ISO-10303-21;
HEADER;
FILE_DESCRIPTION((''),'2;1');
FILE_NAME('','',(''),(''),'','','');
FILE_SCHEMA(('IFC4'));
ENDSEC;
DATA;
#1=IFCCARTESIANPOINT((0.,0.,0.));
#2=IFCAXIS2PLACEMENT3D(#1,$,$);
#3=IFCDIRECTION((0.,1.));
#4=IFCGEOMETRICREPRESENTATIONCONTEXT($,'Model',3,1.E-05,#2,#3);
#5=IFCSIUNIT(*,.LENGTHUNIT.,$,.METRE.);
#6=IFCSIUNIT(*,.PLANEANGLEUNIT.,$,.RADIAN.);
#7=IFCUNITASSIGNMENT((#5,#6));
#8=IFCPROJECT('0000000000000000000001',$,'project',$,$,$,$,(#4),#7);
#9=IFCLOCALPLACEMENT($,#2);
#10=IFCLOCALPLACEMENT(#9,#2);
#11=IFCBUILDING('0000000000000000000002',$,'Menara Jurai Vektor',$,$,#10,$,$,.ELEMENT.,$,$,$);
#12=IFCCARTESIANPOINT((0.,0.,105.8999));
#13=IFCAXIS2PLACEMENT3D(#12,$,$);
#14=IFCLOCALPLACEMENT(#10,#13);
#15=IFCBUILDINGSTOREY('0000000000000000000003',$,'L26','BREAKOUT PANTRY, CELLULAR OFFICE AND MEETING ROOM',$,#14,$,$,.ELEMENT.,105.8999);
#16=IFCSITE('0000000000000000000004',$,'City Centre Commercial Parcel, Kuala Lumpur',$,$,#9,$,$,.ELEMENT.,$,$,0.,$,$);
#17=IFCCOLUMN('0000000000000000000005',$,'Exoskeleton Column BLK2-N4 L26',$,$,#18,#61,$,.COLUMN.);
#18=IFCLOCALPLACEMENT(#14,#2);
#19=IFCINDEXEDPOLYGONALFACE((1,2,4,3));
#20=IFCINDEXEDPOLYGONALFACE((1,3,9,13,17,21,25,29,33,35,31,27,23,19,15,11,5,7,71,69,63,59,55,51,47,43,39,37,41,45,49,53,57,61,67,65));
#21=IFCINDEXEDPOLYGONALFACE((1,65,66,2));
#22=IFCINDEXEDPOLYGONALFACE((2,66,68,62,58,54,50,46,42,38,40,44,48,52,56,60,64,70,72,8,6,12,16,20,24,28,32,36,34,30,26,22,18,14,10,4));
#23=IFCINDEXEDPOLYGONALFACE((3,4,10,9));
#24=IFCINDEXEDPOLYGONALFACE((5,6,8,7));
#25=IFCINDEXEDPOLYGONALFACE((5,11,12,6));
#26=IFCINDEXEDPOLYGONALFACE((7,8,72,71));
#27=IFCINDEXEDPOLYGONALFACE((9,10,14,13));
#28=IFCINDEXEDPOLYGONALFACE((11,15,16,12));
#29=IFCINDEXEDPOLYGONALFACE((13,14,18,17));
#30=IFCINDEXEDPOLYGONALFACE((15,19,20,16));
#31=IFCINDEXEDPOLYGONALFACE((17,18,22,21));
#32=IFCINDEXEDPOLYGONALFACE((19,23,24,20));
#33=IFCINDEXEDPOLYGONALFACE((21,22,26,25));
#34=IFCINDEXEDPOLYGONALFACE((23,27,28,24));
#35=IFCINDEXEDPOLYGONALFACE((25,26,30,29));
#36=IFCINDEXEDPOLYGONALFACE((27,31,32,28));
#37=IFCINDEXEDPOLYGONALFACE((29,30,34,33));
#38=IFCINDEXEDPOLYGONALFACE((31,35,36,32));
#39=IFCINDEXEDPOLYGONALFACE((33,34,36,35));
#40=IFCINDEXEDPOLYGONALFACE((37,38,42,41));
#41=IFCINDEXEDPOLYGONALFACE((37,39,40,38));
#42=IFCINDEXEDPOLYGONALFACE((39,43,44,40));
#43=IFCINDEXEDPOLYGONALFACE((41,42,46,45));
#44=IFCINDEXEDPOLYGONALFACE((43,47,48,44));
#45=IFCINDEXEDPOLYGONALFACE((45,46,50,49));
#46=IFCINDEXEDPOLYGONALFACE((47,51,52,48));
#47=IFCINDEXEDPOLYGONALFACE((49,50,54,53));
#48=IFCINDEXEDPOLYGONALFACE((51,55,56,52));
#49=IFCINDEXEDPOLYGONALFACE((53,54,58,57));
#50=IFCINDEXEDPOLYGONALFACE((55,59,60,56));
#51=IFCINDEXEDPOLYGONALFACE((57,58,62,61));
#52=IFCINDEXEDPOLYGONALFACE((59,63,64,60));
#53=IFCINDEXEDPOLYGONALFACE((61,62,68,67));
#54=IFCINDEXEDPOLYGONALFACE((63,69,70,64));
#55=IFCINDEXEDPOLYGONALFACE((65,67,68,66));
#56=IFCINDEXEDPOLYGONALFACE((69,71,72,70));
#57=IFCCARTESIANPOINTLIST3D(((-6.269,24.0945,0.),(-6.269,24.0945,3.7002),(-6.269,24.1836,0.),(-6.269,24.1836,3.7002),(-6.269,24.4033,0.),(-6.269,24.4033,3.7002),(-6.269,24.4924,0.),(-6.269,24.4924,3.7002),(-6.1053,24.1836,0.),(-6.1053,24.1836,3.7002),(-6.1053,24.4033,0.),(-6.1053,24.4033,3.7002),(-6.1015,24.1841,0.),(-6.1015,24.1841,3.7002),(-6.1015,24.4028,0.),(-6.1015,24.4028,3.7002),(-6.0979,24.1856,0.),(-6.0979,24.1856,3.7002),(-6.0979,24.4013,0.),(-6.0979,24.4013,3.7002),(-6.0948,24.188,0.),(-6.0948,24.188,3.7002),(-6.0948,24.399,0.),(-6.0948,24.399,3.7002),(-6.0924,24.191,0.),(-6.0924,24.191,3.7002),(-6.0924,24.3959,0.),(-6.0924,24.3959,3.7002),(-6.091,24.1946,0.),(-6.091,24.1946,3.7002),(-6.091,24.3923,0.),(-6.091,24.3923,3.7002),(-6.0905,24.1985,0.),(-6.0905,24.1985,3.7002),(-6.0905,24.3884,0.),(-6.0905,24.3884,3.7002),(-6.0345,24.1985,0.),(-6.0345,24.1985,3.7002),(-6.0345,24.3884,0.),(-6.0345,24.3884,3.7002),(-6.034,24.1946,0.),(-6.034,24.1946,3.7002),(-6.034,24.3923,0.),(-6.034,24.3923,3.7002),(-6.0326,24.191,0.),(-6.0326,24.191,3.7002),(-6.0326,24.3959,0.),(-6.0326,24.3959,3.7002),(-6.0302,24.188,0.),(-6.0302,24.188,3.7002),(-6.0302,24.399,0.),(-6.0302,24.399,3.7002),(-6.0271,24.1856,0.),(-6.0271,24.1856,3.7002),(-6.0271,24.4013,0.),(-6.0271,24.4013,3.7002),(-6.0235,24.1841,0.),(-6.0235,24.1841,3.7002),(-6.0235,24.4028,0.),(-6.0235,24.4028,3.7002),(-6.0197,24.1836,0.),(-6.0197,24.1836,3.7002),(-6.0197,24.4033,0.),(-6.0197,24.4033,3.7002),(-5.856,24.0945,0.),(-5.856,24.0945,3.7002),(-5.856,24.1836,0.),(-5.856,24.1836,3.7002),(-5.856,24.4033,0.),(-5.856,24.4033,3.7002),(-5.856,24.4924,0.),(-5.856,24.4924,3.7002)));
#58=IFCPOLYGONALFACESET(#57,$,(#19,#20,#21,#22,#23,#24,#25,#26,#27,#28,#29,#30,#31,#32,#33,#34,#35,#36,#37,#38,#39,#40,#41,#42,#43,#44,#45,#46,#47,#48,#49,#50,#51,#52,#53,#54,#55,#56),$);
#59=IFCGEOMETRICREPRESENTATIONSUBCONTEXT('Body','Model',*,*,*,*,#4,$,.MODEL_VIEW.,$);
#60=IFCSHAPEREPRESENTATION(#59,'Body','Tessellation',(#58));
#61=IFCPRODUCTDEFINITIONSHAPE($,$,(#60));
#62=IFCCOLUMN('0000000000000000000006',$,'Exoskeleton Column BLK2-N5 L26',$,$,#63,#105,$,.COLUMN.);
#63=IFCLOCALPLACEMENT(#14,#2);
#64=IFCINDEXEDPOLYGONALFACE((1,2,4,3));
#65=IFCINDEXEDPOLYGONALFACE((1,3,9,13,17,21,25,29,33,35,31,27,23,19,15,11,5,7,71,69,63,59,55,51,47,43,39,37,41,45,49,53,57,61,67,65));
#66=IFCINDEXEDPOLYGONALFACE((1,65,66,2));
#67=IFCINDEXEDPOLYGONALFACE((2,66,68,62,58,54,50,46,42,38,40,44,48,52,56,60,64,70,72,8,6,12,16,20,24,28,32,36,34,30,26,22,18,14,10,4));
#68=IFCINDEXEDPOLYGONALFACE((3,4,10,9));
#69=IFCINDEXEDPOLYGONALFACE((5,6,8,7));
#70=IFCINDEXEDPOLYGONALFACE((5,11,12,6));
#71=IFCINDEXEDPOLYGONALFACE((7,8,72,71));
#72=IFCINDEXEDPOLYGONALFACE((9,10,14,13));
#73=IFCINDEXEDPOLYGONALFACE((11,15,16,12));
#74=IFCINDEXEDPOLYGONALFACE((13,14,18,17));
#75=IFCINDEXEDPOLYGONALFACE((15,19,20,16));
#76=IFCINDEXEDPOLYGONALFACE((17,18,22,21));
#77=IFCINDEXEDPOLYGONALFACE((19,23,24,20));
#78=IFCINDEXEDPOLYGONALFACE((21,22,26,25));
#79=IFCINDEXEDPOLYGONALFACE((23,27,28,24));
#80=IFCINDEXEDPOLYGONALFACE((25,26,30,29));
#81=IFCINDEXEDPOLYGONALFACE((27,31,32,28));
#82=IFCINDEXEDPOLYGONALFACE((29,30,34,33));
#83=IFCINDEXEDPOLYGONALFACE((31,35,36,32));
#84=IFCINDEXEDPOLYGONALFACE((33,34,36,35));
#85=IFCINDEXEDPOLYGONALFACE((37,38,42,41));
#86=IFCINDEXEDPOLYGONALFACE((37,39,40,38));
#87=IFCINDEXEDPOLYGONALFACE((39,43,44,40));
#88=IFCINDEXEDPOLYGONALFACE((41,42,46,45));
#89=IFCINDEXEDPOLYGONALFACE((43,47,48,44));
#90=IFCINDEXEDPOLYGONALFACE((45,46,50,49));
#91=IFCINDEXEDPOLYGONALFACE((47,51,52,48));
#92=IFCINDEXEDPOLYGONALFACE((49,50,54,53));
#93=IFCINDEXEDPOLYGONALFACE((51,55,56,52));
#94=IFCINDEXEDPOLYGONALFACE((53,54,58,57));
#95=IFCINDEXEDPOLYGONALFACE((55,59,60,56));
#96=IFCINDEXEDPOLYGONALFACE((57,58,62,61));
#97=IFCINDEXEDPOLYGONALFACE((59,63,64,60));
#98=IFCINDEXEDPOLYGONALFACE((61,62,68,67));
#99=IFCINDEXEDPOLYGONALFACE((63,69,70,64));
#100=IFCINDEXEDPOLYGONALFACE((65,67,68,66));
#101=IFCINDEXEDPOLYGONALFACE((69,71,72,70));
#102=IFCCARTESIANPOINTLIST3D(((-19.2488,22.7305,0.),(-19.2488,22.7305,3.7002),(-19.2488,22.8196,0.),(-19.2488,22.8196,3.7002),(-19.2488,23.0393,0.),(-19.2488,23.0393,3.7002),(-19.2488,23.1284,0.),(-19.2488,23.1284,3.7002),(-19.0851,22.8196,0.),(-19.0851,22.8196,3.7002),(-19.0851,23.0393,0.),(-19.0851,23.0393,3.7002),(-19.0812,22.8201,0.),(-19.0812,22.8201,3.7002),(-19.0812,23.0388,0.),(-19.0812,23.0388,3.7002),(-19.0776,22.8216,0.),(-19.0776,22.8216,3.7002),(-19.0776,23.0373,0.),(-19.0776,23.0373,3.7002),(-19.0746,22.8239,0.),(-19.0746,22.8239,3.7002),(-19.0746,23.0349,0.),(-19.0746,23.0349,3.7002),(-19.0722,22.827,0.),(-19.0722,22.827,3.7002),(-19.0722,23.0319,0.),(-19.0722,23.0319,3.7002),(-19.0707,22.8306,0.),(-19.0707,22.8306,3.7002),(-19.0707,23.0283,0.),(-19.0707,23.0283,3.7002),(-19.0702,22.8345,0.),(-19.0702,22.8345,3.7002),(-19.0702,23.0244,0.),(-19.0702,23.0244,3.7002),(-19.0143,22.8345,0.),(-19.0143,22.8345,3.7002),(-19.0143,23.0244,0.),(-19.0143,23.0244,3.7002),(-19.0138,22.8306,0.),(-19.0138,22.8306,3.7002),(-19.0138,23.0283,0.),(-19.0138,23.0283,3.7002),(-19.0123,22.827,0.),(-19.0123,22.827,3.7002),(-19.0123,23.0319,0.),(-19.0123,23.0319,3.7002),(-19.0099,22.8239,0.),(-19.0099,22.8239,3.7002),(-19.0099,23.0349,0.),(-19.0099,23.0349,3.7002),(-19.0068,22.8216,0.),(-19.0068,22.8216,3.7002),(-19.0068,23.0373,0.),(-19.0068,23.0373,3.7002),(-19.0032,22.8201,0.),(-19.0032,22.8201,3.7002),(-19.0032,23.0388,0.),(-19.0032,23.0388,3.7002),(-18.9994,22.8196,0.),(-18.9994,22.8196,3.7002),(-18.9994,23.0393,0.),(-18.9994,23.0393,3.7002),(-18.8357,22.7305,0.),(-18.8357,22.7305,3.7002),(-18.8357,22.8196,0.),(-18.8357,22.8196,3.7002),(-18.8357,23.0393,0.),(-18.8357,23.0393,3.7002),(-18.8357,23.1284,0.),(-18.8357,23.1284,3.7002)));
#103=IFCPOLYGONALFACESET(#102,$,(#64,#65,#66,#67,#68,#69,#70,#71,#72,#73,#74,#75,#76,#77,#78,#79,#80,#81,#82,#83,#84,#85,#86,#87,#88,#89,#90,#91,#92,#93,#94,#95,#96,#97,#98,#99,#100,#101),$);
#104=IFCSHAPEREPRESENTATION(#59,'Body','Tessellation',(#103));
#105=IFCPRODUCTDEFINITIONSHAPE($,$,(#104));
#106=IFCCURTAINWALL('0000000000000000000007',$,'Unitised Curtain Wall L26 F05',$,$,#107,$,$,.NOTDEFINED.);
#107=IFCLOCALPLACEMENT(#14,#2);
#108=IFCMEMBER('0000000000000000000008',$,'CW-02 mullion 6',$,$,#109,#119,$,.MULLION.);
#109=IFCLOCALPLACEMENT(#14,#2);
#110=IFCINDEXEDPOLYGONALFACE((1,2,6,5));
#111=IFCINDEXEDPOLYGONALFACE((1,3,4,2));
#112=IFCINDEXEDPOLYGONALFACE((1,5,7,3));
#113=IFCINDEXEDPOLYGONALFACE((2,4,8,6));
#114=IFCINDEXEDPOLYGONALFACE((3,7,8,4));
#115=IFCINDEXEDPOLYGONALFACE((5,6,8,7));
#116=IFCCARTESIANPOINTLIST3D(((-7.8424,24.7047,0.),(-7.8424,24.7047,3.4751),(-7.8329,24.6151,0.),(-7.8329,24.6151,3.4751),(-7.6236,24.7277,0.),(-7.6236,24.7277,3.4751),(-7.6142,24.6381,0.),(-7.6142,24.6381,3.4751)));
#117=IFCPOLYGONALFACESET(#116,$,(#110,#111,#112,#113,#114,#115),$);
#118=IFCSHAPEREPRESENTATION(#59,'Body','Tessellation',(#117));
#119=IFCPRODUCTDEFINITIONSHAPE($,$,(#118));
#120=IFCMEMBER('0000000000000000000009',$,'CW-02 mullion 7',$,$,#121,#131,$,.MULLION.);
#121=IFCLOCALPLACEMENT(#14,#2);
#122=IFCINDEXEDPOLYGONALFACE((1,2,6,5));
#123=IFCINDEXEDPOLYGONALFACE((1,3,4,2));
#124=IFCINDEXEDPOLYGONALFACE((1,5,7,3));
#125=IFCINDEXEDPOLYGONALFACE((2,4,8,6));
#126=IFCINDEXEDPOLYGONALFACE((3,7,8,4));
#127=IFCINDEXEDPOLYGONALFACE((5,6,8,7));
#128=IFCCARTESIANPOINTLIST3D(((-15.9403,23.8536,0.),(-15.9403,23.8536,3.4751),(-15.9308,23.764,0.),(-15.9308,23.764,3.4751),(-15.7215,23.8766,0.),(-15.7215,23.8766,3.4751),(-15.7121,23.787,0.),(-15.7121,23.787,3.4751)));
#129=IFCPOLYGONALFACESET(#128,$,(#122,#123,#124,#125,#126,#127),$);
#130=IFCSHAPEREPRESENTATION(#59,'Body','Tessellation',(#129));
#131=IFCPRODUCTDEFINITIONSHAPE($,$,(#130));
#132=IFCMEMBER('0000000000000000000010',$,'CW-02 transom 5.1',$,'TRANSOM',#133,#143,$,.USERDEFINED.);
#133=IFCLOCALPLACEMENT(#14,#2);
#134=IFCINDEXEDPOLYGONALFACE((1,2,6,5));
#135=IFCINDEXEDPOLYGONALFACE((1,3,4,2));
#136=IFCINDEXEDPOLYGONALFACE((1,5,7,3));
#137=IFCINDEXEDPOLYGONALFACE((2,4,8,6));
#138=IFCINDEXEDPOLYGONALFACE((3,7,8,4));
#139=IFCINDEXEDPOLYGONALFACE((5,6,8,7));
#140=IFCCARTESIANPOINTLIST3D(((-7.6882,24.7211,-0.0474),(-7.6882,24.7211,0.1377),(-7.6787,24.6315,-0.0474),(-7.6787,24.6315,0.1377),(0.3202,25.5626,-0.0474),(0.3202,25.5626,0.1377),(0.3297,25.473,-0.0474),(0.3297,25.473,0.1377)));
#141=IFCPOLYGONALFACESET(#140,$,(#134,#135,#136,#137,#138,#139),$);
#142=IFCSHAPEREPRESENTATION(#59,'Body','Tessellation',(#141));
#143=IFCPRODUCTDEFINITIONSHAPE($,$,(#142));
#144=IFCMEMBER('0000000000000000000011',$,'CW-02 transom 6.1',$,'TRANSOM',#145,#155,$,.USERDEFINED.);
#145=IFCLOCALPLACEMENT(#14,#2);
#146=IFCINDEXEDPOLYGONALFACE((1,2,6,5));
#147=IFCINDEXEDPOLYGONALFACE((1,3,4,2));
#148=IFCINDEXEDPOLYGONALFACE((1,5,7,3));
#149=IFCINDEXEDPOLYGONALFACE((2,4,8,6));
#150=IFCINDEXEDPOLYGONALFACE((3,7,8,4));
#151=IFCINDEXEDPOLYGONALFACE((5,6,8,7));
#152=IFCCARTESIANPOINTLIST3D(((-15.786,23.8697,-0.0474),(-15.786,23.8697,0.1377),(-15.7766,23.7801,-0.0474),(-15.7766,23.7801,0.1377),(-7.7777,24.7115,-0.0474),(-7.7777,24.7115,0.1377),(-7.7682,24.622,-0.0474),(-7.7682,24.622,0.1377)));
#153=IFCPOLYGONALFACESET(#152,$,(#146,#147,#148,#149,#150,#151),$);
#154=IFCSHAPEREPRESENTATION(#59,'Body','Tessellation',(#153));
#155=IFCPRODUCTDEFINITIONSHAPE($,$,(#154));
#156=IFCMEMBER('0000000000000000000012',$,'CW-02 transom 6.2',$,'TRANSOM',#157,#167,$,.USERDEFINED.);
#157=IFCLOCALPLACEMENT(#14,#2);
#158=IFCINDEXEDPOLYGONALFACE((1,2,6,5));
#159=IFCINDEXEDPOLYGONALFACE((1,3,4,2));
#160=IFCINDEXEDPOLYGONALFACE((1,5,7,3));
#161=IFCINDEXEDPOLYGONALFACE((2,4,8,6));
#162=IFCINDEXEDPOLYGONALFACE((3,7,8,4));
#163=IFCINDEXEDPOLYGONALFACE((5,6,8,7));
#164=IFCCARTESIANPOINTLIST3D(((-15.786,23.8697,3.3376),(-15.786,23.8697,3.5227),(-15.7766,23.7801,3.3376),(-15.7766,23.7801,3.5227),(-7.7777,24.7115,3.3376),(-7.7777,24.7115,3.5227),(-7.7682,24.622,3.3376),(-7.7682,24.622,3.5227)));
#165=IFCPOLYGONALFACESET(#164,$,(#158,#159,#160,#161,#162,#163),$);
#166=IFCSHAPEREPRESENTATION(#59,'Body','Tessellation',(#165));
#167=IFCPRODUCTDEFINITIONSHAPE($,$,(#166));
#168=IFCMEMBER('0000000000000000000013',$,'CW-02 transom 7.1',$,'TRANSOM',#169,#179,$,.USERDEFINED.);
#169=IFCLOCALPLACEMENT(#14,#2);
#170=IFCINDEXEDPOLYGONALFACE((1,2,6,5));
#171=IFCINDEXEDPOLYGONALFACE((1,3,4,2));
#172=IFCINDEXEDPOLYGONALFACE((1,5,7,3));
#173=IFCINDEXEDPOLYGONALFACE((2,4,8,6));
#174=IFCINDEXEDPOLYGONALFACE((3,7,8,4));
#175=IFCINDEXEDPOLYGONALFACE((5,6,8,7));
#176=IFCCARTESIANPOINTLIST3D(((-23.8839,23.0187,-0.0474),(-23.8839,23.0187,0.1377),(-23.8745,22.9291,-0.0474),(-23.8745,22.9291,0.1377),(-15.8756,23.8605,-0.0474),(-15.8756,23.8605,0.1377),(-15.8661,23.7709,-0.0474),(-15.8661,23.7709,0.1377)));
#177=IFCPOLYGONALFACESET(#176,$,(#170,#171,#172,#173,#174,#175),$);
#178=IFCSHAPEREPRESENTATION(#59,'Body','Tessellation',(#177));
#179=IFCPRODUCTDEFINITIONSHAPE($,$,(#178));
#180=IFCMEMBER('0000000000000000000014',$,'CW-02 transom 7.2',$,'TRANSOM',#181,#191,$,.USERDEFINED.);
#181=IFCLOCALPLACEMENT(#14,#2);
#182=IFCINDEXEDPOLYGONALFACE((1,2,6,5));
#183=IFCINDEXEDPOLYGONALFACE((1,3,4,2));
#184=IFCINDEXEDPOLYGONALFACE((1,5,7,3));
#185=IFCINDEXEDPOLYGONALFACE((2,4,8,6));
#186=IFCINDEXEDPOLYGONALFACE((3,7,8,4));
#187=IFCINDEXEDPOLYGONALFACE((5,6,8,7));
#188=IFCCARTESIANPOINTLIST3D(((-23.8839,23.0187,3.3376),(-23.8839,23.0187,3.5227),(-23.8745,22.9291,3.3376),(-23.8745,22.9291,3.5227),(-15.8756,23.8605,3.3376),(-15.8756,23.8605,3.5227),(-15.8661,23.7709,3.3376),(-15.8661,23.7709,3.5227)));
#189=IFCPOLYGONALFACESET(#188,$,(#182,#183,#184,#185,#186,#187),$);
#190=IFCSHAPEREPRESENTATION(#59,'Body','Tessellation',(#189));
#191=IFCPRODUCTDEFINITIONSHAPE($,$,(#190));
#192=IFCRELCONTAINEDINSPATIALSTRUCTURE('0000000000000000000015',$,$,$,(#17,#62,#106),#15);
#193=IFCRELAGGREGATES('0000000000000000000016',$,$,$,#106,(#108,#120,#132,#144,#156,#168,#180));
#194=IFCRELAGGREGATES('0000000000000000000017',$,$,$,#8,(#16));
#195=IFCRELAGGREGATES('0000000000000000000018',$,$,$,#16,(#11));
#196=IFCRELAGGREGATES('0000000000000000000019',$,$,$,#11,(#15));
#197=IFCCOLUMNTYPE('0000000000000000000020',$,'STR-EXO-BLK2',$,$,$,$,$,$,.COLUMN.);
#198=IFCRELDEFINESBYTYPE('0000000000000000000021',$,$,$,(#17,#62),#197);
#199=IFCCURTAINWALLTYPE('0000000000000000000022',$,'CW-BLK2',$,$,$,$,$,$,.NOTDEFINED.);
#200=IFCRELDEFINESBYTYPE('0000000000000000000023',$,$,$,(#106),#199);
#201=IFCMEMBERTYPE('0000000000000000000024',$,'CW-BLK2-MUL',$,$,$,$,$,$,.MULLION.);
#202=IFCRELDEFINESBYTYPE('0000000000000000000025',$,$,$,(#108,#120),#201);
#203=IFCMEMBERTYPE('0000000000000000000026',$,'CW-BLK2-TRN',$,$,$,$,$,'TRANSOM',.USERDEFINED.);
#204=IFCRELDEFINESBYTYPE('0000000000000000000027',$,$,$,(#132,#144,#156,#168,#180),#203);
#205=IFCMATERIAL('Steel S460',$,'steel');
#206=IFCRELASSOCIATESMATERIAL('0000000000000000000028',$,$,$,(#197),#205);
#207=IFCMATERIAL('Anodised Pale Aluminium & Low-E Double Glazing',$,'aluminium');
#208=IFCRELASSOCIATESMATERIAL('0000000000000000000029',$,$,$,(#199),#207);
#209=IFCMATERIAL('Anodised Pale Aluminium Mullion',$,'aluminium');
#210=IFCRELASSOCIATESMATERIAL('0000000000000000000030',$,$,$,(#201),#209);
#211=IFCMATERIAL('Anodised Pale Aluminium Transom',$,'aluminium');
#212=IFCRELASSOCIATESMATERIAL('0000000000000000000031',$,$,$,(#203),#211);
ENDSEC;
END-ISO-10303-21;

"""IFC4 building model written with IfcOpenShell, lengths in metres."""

from ifc_helpers import new_model, si_unit, direction, frame, origin, origin_2d, place, context, subcontext, project, spatial, rectangle, i_section, extrude, material, material_profile, profile_set, type_object, element, aggregate, save


model = new_model("IFC4")

# Units and contexts
model_context = context("Model", 3, precision=1e-05, world=origin(), true_north=direction((0.0, 1.0)))
body_context = subcontext(model_context, "Body", "Model", "MODEL_VIEW")
ifc_project = project(units=[si_unit("LENGTHUNIT", "METRE"), si_unit("PLANEANGLEUNIT", "RADIAN")], contexts=[model_context])

# Site, building, storey
site_placement = place(None, origin())
site = spatial("IfcSite", under=ifc_project, at=site_placement, Name="City Centre Commercial Parcel, Kuala Lumpur", CompositionType="ELEMENT", RefElevation=0.0)
building_placement = place(site_placement, origin())
building = spatial("IfcBuilding", under=site, at=building_placement, Name="Menara Jurai Vektor", CompositionType="ELEMENT")
storey_placement = place(building_placement, frame((0.0, 0.0, 105.8999)))
storey = spatial("IfcBuildingStorey", under=building, at=storey_placement, Name="L26", Description="BREAKOUT PANTRY, CELLULAR OFFICE AND MEETING ROOM", CompositionType="ELEMENT", Elevation=105.8999)

# Columns
ifc_material_1 = material(Name="Steel S460", Category="steel")
ifc_material_profile_1 = material_profile(ifc_material_1, i_section(OverallWidth=0.4131, OverallDepth=0.3979, WebThickness=0.0559, FlangeThickness=0.0891, FilletRadius=0.0149, at=origin_2d()), Name="HD 400x744")
ifc_profile_set_1 = profile_set([ifc_material_profile_1], Name="Steel S460")
column_type = type_object("IfcColumnType", Name="STR-EXO-BLK2", PredefinedType="COLUMN", material=ifc_profile_set_1)
for number, where, z_axis, x_axis, name in (
    (1, (-6.0625, 24.2935, 0.0), (0.0, 0.0, 1.0), (1.0, 0.0, 0.0), "Exoskeleton Column BLK2-N4 L26"),
    (2, (-19.0422, 22.9294, 0.0), (0.0, 0.0, 1.0), (1.0, 0.0, 0.0), "Exoskeleton Column BLK2-N5 L26"),
):
    element("IfcColumn", number, at=place(storey_placement, frame(where, z_axis=z_axis, x_axis=x_axis)), inside=storey, type_object=column_type, Name=name, PredefinedType="COLUMN", context=body_context, shape_type="SweptSolid", body=[
        extrude(i_section(OverallWidth=0.4131, OverallDepth=0.3979, WebThickness=0.0559, FlangeThickness=0.0891, FilletRadius=0.0149, at=origin_2d()), origin(), (0.0, 0.0, 1.0), 3.7002),
    ])

# Curtain wall, members
ifc_material_2 = material(Name="Anodised Pale Aluminium & Low-E Double Glazing", Category="aluminium")
curtain_wall_type = type_object("IfcCurtainWallType", Name="CW-BLK2", PredefinedType="NOTDEFINED", material=ifc_material_2)
curtain_wall_placement = place(storey_placement, origin())
curtain_wall = element("IfcCurtainWall", 3, at=curtain_wall_placement, inside=storey, type_object=curtain_wall_type, Name="Unitised Curtain Wall L26 F05", PredefinedType="NOTDEFINED")
ifc_material_3 = material(Name="Anodised Pale Aluminium Mullion", Category="aluminium")
ifc_material_profile_2 = material_profile(ifc_material_3, rectangle(XDim=0.0901, YDim=0.22, at=origin_2d()), Name="ALU MUL 90x220")
ifc_profile_set_2 = profile_set([ifc_material_profile_2], Name="Anodised Pale Aluminium Mullion")
member_type_1 = type_object("IfcMemberType", Name="CW-BLK2-MUL", PredefinedType="MULLION", material=ifc_profile_set_2)
member_1_placement = place(storey_placement, frame((-7.7283, 24.6714, 0.0), z_axis=(0.0, 0.0, 1.0), x_axis=(0.104529, -0.994522, 0.0)))
member_1 = element("IfcMember", 4, at=member_1_placement, type_object=member_type_1, Name="CW-02 mullion 6", PredefinedType="MULLION", context=body_context, shape_type="SweptSolid", body=[
    extrude(rectangle(XDim=0.0901, YDim=0.22, at=origin_2d()), origin(), (0.0, 0.0, 1.0), 3.4751),
])
member_2_placement = place(storey_placement, frame((-15.8262, 23.8203, 0.0), z_axis=(0.0, 0.0, 1.0), x_axis=(0.104529, -0.994522, 0.0)))
member_2 = element("IfcMember", 5, at=member_2_placement, type_object=member_type_1, Name="CW-02 mullion 7", PredefinedType="MULLION", context=body_context, shape_type="SweptSolid", body=[
    extrude(rectangle(XDim=0.0901, YDim=0.22, at=origin_2d()), origin(), (0.0, 0.0, 1.0), 3.4751),
])
ifc_material_4 = material(Name="Anodised Pale Aluminium Transom", Category="aluminium")
ifc_material_profile_3 = material_profile(ifc_material_4, rectangle(XDim=0.0901, YDim=0.1851, at=origin_2d()), Name="ALU TRN 90x185")
ifc_profile_set_3 = profile_set([ifc_material_profile_3], Name="Anodised Pale Aluminium Transom")
member_type_2 = type_object("IfcMemberType", Name="CW-BLK2-TRN", ElementType="TRANSOM", PredefinedType="USERDEFINED", material=ifc_profile_set_3)
member_3_placement = place(storey_placement, frame((0.325, 25.5178, 0.0452), z_axis=(-0.994524, -0.10451, 0.0), x_axis=(0.10451, -0.994524, 0.0)))
member_3 = element("IfcMember", 6, at=member_3_placement, type_object=member_type_2, Name="CW-02 transom 5.1", ObjectType="TRANSOM", PredefinedType="USERDEFINED", context=body_context, shape_type="SweptSolid", body=[
    extrude(rectangle(XDim=0.0901, YDim=0.1851, at=origin_2d()), origin(), (0.0, 0.0, 1.0), 8.0525),
])
member_4_placement = place(storey_placement, frame((-7.7729, 24.6667, 0.0452), z_axis=(-0.994521, -0.10454, 0.0), x_axis=(0.10454, -0.994521, 0.0)))
member_4 = element("IfcMember", 7, at=member_4_placement, type_object=member_type_2, Name="CW-02 transom 6.1", ObjectType="TRANSOM", PredefinedType="USERDEFINED", context=body_context, shape_type="SweptSolid", body=[
    extrude(rectangle(XDim=0.0901, YDim=0.1851, at=origin_2d()), origin(), (0.0, 0.0, 1.0), 8.0525),
])
member_5_placement = place(storey_placement, frame((-7.7729, 24.6667, 3.4302), z_axis=(-0.994521, -0.10454, 0.0), x_axis=(0.10454, -0.994521, 0.0)))
member_5 = element("IfcMember", 8, at=member_5_placement, type_object=member_type_2, Name="CW-02 transom 6.2", ObjectType="TRANSOM", PredefinedType="USERDEFINED", context=body_context, shape_type="SweptSolid", body=[
    extrude(rectangle(XDim=0.0901, YDim=0.1851, at=origin_2d()), origin(), (0.0, 0.0, 1.0), 8.0525),
])
member_6_placement = place(storey_placement, frame((-15.8708, 23.8157, 0.0452), z_axis=(-0.994521, -0.10454, 0.0), x_axis=(0.10454, -0.994521, 0.0)))
member_6 = element("IfcMember", 9, at=member_6_placement, type_object=member_type_2, Name="CW-02 transom 7.1", ObjectType="TRANSOM", PredefinedType="USERDEFINED", context=body_context, shape_type="SweptSolid", body=[
    extrude(rectangle(XDim=0.0901, YDim=0.1851, at=origin_2d()), origin(), (0.0, 0.0, 1.0), 8.0525),
])
member_7_placement = place(storey_placement, frame((-15.8708, 23.8157, 3.4302), z_axis=(-0.994521, -0.10454, 0.0), x_axis=(0.10454, -0.994521, 0.0)))
member_7 = element("IfcMember", 10, at=member_7_placement, type_object=member_type_2, Name="CW-02 transom 7.2", ObjectType="TRANSOM", PredefinedType="USERDEFINED", context=body_context, shape_type="SweptSolid", body=[
    extrude(rectangle(XDim=0.0901, YDim=0.1851, at=origin_2d()), origin(), (0.0, 0.0, 1.0), 8.0525),
])

aggregate(curtain_wall, [member_1, member_2, member_3, member_4, member_5, member_6, member_7])

save(model, "model.ifc")
